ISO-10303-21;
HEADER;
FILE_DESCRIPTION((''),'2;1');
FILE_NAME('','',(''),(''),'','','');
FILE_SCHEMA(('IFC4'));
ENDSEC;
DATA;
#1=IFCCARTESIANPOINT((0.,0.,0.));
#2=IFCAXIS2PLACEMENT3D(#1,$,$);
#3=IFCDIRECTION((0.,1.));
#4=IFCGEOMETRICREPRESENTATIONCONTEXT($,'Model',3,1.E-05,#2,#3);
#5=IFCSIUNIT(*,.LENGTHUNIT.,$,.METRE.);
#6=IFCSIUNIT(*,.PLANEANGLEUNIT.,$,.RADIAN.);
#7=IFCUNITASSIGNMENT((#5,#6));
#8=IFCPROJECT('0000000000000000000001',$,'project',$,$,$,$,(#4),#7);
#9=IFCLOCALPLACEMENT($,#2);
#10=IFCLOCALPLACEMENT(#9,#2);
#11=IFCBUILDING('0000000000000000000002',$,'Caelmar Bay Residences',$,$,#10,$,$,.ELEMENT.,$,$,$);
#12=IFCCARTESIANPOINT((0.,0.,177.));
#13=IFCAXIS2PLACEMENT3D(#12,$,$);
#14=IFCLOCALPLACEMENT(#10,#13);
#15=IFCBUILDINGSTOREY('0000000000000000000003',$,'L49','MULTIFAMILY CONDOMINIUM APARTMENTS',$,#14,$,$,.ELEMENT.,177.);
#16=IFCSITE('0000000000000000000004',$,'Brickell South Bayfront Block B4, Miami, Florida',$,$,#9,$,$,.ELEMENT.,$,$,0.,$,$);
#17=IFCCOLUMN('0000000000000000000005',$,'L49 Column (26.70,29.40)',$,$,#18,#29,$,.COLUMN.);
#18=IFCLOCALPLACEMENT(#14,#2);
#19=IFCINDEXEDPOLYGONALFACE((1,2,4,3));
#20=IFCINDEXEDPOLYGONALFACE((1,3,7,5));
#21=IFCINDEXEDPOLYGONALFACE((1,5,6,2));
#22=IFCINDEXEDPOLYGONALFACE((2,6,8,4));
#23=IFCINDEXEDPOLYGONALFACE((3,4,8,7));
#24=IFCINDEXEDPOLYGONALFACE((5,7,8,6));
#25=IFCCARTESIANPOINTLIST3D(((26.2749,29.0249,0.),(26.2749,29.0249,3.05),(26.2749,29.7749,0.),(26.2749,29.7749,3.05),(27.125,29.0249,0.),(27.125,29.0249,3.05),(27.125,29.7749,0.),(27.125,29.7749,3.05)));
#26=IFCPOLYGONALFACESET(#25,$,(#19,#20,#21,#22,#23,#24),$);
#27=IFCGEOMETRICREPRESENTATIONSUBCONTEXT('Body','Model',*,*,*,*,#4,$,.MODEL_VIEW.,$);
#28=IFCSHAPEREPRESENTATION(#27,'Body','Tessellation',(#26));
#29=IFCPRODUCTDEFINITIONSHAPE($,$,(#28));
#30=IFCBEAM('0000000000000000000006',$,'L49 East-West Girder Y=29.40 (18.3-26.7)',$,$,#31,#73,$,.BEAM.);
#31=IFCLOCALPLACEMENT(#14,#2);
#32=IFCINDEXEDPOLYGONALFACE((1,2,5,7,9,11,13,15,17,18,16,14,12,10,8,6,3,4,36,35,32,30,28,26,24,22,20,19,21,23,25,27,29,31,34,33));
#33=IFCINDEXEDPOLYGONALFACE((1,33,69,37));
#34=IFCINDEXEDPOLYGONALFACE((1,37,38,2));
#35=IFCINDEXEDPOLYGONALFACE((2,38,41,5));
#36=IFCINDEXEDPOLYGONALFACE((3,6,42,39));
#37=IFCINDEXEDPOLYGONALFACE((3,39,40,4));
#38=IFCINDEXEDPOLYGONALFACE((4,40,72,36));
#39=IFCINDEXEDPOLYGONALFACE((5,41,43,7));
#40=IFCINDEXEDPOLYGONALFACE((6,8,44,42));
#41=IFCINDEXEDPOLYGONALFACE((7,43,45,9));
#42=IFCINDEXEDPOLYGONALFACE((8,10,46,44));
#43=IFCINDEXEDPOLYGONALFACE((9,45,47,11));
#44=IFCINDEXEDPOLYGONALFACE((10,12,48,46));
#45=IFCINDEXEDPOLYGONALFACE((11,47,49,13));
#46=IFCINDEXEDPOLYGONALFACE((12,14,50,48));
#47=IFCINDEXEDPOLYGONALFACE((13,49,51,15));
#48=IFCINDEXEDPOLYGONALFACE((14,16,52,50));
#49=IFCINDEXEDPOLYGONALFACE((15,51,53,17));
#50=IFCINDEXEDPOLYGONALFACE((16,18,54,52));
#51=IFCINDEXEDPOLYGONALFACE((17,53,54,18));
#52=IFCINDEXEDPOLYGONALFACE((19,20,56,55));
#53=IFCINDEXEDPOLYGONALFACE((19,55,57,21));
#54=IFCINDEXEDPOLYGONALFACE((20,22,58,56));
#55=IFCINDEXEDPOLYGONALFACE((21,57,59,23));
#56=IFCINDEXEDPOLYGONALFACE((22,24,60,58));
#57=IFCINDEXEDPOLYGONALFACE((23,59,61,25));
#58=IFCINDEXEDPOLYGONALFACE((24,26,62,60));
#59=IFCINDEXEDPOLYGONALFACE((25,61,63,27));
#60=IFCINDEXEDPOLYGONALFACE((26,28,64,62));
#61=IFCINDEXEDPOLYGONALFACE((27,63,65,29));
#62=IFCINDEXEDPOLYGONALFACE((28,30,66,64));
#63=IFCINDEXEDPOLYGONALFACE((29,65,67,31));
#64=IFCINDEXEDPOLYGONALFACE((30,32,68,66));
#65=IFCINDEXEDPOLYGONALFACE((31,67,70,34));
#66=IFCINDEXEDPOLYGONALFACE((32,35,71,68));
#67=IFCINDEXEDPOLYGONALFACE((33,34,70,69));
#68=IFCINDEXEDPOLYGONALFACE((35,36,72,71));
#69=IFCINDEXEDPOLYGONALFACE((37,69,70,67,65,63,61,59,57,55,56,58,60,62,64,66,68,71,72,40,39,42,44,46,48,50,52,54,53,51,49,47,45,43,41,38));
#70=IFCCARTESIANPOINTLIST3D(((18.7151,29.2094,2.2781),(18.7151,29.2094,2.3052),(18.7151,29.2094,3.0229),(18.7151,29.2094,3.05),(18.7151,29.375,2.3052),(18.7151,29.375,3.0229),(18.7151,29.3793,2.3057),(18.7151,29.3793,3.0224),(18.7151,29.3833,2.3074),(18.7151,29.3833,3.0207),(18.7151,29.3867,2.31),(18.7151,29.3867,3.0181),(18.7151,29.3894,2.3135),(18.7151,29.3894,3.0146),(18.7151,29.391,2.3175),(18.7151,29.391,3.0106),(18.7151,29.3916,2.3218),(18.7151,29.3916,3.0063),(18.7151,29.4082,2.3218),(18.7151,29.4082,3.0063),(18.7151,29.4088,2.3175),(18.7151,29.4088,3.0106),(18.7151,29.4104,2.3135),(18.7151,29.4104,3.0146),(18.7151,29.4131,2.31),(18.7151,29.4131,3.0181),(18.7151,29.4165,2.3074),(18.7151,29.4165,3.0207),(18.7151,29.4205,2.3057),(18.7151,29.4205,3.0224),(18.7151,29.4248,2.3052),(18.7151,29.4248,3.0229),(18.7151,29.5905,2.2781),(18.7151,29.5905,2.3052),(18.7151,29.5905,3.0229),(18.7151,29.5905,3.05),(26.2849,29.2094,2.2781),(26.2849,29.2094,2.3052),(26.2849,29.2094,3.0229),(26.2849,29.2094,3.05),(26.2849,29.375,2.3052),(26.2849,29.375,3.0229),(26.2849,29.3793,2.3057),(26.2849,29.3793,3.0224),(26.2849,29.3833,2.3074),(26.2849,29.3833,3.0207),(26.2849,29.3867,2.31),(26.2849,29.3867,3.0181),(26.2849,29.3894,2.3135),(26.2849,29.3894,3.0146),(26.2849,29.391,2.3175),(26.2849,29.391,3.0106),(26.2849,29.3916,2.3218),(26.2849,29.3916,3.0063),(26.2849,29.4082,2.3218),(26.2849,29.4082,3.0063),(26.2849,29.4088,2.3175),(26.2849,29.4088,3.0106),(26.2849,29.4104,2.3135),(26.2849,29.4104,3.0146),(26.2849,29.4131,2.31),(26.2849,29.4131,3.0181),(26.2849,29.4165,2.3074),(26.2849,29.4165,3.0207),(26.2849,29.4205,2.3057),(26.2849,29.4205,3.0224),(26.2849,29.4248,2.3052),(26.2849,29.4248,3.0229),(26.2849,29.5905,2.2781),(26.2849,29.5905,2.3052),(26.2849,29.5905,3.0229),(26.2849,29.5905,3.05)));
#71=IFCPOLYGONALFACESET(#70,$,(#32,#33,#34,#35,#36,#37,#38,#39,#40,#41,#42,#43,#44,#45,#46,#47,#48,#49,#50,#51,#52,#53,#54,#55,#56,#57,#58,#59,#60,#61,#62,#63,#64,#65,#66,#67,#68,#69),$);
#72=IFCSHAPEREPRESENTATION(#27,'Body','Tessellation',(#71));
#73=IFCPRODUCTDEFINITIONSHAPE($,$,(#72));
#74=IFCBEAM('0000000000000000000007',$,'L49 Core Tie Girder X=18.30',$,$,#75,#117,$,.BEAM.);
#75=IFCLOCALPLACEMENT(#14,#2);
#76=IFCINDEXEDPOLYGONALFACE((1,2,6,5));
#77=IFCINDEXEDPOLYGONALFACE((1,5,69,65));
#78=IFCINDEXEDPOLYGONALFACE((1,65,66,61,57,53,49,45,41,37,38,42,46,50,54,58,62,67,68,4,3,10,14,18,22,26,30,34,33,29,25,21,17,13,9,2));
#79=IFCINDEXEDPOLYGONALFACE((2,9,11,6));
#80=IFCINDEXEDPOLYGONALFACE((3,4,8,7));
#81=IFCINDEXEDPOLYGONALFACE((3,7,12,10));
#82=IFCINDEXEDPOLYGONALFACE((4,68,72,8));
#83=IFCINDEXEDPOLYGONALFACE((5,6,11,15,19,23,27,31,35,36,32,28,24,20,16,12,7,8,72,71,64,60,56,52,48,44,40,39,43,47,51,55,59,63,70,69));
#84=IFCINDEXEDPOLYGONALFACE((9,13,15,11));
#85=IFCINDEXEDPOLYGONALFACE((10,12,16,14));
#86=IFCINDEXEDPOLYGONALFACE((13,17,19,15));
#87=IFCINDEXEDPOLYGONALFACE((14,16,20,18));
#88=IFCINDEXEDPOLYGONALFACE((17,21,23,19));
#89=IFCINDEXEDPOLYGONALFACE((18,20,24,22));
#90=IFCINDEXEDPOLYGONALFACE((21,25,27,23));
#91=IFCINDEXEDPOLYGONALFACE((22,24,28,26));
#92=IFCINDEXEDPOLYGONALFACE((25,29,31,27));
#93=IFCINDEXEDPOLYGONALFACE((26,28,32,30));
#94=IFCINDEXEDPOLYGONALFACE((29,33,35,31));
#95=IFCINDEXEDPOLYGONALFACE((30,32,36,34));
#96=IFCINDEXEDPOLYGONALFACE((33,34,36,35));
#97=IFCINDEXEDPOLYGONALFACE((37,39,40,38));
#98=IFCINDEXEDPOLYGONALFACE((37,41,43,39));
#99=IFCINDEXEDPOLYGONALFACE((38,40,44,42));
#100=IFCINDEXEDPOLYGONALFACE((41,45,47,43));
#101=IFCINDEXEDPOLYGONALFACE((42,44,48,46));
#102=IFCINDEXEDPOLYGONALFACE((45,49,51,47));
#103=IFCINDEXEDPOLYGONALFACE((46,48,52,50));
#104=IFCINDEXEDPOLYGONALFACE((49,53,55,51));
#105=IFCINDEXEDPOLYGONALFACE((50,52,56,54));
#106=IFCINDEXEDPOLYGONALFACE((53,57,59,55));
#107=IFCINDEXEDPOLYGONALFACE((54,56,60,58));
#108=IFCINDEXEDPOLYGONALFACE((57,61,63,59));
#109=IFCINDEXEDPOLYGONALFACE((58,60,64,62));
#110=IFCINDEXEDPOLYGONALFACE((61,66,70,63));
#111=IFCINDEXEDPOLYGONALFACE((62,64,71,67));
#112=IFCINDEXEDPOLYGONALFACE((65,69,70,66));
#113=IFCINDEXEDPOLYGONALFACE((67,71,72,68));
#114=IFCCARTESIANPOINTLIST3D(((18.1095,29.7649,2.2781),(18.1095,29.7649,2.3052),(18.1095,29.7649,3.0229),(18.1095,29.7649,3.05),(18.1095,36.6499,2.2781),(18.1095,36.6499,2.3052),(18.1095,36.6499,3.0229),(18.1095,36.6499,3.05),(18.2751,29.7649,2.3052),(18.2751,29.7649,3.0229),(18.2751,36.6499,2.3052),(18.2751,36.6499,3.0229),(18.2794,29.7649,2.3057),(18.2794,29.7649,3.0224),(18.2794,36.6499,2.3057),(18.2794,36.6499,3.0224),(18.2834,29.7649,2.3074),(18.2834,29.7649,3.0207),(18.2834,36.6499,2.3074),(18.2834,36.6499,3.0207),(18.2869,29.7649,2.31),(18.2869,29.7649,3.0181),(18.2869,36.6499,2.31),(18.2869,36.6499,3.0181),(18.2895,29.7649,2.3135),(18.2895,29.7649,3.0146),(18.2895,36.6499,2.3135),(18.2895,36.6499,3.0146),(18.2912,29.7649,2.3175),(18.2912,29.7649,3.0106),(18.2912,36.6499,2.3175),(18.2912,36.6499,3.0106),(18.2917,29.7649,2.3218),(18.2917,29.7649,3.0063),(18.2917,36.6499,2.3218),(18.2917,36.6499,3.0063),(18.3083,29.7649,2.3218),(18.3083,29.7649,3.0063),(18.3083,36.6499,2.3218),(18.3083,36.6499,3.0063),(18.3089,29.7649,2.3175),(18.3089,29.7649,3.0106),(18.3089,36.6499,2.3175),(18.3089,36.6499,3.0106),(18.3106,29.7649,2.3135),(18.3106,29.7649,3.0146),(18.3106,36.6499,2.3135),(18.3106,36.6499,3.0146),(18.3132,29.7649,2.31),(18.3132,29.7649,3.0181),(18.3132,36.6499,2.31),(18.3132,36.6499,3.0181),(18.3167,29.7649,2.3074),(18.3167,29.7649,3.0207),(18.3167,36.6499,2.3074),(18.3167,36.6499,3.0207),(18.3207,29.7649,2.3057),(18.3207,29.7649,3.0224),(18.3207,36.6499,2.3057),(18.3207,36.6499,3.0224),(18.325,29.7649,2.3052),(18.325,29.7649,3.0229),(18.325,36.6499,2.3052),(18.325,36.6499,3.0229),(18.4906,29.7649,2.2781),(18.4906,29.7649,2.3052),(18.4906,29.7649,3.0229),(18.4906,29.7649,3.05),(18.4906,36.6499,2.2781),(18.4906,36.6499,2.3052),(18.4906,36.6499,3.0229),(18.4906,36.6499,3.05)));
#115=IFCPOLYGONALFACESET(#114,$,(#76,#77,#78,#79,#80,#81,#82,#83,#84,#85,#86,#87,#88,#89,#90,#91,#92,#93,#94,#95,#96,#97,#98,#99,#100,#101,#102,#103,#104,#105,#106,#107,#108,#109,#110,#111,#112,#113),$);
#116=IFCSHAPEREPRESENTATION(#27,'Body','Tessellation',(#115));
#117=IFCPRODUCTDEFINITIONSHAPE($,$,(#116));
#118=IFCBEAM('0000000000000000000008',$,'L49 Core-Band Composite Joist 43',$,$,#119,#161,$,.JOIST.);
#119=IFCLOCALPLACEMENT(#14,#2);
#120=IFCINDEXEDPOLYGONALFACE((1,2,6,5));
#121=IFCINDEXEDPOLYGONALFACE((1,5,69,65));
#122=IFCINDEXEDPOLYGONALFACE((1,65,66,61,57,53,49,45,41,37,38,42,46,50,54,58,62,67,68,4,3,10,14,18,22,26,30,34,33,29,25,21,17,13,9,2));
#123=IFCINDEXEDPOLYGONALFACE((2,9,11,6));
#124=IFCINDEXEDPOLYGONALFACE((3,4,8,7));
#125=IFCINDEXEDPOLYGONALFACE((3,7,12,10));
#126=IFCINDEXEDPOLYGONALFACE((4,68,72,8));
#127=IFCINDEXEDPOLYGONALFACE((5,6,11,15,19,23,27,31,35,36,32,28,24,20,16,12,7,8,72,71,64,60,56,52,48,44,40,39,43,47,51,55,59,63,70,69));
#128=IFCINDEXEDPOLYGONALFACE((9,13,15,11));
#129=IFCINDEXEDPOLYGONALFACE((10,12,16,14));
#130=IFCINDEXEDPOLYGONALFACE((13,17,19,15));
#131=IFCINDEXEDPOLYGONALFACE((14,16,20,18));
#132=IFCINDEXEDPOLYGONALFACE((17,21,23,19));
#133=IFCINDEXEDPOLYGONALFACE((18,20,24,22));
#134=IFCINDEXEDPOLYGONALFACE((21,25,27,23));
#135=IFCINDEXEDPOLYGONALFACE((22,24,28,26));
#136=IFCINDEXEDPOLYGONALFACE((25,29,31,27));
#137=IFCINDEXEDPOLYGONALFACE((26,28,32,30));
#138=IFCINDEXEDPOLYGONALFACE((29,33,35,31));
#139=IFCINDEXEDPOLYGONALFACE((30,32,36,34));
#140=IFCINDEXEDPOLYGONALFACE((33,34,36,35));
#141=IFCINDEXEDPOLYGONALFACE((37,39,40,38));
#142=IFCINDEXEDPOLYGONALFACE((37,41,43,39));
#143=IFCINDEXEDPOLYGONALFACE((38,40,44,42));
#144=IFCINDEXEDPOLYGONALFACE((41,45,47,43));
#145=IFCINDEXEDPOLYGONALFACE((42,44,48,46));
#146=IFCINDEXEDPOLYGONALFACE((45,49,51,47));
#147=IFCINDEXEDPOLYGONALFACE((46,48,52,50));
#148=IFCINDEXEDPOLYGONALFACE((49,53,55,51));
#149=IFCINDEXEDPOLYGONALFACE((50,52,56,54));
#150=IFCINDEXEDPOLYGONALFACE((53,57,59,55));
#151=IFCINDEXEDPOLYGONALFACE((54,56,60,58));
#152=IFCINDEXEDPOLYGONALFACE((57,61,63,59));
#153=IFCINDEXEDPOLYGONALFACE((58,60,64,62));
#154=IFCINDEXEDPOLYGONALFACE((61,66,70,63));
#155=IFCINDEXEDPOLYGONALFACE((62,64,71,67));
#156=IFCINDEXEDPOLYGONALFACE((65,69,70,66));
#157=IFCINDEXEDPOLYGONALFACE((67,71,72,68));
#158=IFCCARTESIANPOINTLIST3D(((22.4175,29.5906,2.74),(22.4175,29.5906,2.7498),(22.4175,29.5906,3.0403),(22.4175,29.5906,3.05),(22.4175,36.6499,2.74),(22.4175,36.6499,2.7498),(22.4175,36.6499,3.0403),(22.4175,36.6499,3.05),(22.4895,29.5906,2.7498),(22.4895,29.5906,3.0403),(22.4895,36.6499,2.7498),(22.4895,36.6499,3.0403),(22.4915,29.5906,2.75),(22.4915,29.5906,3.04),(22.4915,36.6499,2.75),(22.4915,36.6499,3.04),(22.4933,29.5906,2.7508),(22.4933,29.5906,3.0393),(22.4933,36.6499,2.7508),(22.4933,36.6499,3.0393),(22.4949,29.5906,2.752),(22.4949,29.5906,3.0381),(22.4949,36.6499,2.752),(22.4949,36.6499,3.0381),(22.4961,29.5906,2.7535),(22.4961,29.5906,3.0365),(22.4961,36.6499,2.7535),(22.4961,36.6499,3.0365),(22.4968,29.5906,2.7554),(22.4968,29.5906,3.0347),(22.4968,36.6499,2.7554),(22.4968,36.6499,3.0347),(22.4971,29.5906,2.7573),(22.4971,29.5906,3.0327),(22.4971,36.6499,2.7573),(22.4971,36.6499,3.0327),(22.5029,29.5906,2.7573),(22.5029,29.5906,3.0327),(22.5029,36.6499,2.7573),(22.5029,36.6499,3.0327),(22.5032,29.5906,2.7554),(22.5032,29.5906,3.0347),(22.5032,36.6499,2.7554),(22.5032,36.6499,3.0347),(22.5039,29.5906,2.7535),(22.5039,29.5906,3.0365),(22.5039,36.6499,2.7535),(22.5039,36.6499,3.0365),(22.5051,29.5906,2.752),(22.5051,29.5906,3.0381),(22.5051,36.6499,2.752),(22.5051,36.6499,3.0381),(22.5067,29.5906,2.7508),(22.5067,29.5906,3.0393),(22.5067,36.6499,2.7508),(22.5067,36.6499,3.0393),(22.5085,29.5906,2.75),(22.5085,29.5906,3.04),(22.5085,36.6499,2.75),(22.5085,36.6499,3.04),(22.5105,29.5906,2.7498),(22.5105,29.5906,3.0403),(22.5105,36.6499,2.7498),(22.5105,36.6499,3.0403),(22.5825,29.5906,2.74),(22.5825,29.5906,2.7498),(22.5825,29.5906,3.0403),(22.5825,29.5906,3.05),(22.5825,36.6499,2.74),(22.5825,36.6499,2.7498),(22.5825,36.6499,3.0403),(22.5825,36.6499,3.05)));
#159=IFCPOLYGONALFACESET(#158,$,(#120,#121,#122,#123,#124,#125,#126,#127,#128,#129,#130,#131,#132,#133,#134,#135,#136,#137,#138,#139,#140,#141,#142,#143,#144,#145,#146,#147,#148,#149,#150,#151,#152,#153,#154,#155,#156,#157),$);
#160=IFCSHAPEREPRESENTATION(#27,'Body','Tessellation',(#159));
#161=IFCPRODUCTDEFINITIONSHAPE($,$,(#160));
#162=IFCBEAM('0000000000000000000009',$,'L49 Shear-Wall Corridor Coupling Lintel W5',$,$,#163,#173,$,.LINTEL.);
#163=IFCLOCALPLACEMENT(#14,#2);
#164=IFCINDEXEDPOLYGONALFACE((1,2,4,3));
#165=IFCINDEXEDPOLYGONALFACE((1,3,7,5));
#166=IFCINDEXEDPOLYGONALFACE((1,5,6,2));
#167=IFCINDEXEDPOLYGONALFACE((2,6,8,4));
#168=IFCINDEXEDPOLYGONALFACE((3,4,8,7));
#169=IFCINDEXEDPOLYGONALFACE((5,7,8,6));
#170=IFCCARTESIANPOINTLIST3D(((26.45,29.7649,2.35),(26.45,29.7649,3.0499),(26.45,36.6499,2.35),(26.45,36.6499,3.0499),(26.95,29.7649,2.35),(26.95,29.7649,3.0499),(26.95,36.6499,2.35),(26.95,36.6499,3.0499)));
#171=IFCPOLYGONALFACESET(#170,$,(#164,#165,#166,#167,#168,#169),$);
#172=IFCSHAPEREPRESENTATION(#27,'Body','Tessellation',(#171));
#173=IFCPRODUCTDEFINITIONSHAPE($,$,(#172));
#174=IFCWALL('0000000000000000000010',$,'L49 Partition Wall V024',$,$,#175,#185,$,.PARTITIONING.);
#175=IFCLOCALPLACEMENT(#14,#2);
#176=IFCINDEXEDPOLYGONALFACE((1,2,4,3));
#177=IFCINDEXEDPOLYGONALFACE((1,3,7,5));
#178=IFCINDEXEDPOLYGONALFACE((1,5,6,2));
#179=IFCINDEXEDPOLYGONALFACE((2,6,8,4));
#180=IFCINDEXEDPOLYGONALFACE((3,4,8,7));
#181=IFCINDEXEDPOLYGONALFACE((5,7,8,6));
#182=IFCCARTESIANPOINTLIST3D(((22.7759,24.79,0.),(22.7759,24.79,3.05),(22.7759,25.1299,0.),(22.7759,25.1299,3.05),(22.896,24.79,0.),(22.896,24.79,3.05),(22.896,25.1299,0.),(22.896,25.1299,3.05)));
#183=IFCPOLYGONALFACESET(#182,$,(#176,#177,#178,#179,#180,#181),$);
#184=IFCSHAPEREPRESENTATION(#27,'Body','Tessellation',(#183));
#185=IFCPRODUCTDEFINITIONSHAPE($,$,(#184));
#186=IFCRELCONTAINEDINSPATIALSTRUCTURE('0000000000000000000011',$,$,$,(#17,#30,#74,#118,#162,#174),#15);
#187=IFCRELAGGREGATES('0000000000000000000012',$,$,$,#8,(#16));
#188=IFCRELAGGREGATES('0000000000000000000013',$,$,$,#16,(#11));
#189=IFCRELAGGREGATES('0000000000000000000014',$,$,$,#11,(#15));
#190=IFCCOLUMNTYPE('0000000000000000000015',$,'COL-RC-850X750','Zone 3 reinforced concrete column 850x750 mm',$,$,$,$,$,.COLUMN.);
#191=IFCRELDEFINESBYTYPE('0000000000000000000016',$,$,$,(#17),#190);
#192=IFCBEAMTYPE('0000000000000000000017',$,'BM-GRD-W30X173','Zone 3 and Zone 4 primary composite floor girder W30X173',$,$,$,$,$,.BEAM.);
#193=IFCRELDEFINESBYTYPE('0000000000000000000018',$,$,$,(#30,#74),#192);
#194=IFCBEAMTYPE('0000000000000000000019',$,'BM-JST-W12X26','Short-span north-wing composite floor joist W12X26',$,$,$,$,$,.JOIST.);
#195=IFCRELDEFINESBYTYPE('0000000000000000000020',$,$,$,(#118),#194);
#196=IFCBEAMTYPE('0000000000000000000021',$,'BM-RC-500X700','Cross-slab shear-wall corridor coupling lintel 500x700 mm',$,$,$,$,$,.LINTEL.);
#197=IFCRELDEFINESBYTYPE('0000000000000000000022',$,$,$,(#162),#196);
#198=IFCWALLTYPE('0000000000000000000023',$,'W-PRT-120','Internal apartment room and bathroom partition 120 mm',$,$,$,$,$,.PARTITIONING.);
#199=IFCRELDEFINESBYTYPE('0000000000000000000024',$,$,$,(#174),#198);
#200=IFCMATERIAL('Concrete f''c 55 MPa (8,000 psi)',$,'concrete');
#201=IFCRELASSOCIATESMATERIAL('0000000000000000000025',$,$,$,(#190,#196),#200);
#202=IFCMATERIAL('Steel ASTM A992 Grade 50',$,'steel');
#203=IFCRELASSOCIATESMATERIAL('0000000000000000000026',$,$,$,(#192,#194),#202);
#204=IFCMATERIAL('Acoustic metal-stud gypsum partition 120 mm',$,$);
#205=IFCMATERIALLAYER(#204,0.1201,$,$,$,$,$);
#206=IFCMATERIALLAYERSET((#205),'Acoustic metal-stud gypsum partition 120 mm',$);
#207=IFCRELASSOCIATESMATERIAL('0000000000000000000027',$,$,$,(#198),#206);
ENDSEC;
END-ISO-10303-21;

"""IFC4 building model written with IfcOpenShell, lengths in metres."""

from ifc_helpers import new_model, si_unit, direction, frame, frame_2d, origin, origin_2d, place, context, subcontext, project, spatial, rectangle, i_section, extrude, material, layer, layer_set, material_profile, profile_set, type_object, element, save


model = new_model("IFC4")

# Units and contexts
model_context = context("Model", 3, precision=1e-05, world=origin(), true_north=direction((0.0, 1.0)))
body_context = subcontext(model_context, "Body", "Model", "MODEL_VIEW")
ifc_project = project(units=[si_unit("LENGTHUNIT", "METRE"), si_unit("PLANEANGLEUNIT", "RADIAN")], contexts=[model_context])

# Site, building, storey
site_placement = place(None, origin())
site = spatial("IfcSite", under=ifc_project, at=site_placement, Name="Brickell South Bayfront Block B4, Miami, Florida", CompositionType="ELEMENT", RefElevation=0.0)
building_placement = place(site_placement, origin())
building = spatial("IfcBuilding", under=site, at=building_placement, Name="Caelmar Bay Residences", CompositionType="ELEMENT")
storey_placement = place(building_placement, frame((0.0, 0.0, 177.0)))
storey = spatial("IfcBuildingStorey", under=building, at=storey_placement, Name="L49", Description="MULTIFAMILY CONDOMINIUM APARTMENTS", CompositionType="ELEMENT", Elevation=177.0)

# Column
ifc_material_1 = material(Name="Concrete f'c 55 MPa (8,000 psi)", Category="concrete")
ifc_material_profile_1 = material_profile(ifc_material_1, rectangle(XDim=0.8501, YDim=0.75, at=origin_2d()), Name="RC-COL-850X750")
ifc_profile_set_1 = profile_set([ifc_material_profile_1], Name="Concrete f'c 55 MPa (8,000 psi)")
column_type = type_object("IfcColumnType", Name="COL-RC-850X750", Description="Zone 3 reinforced concrete column 850x750 mm", PredefinedType="COLUMN", material=ifc_profile_set_1)
column_placement = place(storey_placement, frame((26.7, 29.3999, 0.0), z_axis=(0.0, 0.0, 1.0), x_axis=(1.0, 0.0, 0.0)))
element("IfcColumn", 1, at=column_placement, inside=storey, type_object=column_type, Name="L49 Column (26.70,29.40)", PredefinedType="COLUMN", context=body_context, shape_type="SweptSolid", body=[
    extrude(rectangle(XDim=0.8501, YDim=0.75, at=origin_2d()), origin(), (0.0, 0.0, 1.0), 3.05),
])

# Beams
ifc_material_2 = material(Name="Steel ASTM A992 Grade 50", Category="steel")
ifc_material_profile_2 = material_profile(ifc_material_2, i_section(OverallWidth=0.3811, OverallDepth=0.772, WebThickness=0.0166, FlangeThickness=0.0271, FilletRadius=0.0166, at=origin_2d()), Name="W30X173")
ifc_profile_set_2 = profile_set([ifc_material_profile_2], Name="Steel ASTM A992 Grade 50")
beam_type_1 = type_object("IfcBeamType", Name="BM-GRD-W30X173", Description="Zone 3 and Zone 4 primary composite floor girder W30X173", PredefinedType="BEAM", material=ifc_profile_set_2)
beam_1_placement = place(storey_placement, frame((18.7151, 29.3999, 2.6641), z_axis=(1.0, 0.0, 0.0), x_axis=(0.0, 1.0, 0.0)))
element("IfcBeam", 2, at=beam_1_placement, inside=storey, type_object=beam_type_1, Name="L49 East-West Girder Y=29.40 (18.3-26.7)", PredefinedType="BEAM", context=body_context, shape_type="SweptSolid", body=[
    extrude(i_section(OverallWidth=0.3811, OverallDepth=0.772, WebThickness=0.0166, FlangeThickness=0.0271, FilletRadius=0.0166, at=origin_2d()), origin(), (0.0, 0.0, 1.0), 7.5698),
])
beam_2_placement = place(storey_placement, frame((18.3, 29.7649, 2.6641), z_axis=(0.0, 1.0, 0.0), x_axis=(-1.0, 0.0, 0.0)))
element("IfcBeam", 3, at=beam_2_placement, inside=storey, type_object=beam_type_1, Name="L49 Core Tie Girder X=18.30", PredefinedType="BEAM", context=body_context, shape_type="SweptSolid", body=[
    extrude(i_section(OverallWidth=0.3811, OverallDepth=0.772, WebThickness=0.0166, FlangeThickness=0.0271, FilletRadius=0.0166, at=origin_2d()), origin(), (0.0, 0.0, 1.0), 6.885),
])
ifc_material_profile_3 = material_profile(ifc_material_2, i_section(OverallWidth=0.165, OverallDepth=0.3101, WebThickness=0.0059, FlangeThickness=0.0098, FilletRadius=0.0076, at=origin_2d()), Name="W12X26")
ifc_profile_set_3 = profile_set([ifc_material_profile_3], Name="Steel ASTM A992 Grade 50")
beam_type_2 = type_object("IfcBeamType", Name="BM-JST-W12X26", Description="Short-span north-wing composite floor joist W12X26", PredefinedType="JOIST", material=ifc_profile_set_3)
beam_3_placement = place(storey_placement, frame((22.5, 29.5906, 2.895), z_axis=(0.0, 1.0, 0.0), x_axis=(-1.0, 0.0, 0.0)))
element("IfcBeam", 4, at=beam_3_placement, inside=storey, type_object=beam_type_2, Name="L49 Core-Band Composite Joist 43", PredefinedType="JOIST", context=body_context, shape_type="SweptSolid", body=[
    extrude(i_section(OverallWidth=0.165, OverallDepth=0.3101, WebThickness=0.0059, FlangeThickness=0.0098, FilletRadius=0.0076, at=origin_2d()), origin(), (0.0, 0.0, 1.0), 7.0593),
])
ifc_material_profile_4 = material_profile(ifc_material_1, rectangle(XDim=0.5, YDim=0.7, at=origin_2d()), Name="RC-BM-500X700")
ifc_profile_set_4 = profile_set([ifc_material_profile_4], Name="Concrete f'c 55 MPa (8,000 psi)")
beam_type_3 = type_object("IfcBeamType", Name="BM-RC-500X700", Description="Cross-slab shear-wall corridor coupling lintel 500x700 mm", PredefinedType="LINTEL", material=ifc_profile_set_4)
beam_4_placement = place(storey_placement, frame((26.7, 29.7649, 2.7), z_axis=(0.0, 1.0, 0.0), x_axis=(-1.0, 0.0, 0.0)))
element("IfcBeam", 5, at=beam_4_placement, inside=storey, type_object=beam_type_3, Name="L49 Shear-Wall Corridor Coupling Lintel W5", PredefinedType="LINTEL", context=body_context, shape_type="SweptSolid", body=[
    extrude(rectangle(XDim=0.5, YDim=0.7, at=origin_2d()), origin(), (0.0, 0.0, 1.0), 6.885),
])

# Wall
ifc_material_3 = material(Name="Acoustic metal-stud gypsum partition 120 mm")
ifc_layer_1 = layer(ifc_material_3, 0.1201)
ifc_layer_set_1 = layer_set([ifc_layer_1], Name="Acoustic metal-stud gypsum partition 120 mm")
wall_type_1 = type_object("IfcWallType", Name="W-PRT-120", Description="Internal apartment room and bathroom partition 120 mm", PredefinedType="PARTITIONING", material=ifc_layer_set_1)
wall_1_placement = place(storey_placement, frame((22.8359, 24.79, 0.0), z_axis=(0.0, 0.0, 1.0), x_axis=(0.0, 1.0, 0.0)))
element("IfcWall", 6, at=wall_1_placement, inside=storey, type_object=wall_type_1, Name="L49 Partition Wall V024", PredefinedType="PARTITIONING", context=body_context, shape_type="SweptSolid", body=[
    extrude(rectangle(XDim=0.3398, YDim=0.1201, at=frame_2d((0.1699, 0.0))), origin(), (0.0, 0.0, 1.0), 3.05),
])

save(model, "model.ifc")
